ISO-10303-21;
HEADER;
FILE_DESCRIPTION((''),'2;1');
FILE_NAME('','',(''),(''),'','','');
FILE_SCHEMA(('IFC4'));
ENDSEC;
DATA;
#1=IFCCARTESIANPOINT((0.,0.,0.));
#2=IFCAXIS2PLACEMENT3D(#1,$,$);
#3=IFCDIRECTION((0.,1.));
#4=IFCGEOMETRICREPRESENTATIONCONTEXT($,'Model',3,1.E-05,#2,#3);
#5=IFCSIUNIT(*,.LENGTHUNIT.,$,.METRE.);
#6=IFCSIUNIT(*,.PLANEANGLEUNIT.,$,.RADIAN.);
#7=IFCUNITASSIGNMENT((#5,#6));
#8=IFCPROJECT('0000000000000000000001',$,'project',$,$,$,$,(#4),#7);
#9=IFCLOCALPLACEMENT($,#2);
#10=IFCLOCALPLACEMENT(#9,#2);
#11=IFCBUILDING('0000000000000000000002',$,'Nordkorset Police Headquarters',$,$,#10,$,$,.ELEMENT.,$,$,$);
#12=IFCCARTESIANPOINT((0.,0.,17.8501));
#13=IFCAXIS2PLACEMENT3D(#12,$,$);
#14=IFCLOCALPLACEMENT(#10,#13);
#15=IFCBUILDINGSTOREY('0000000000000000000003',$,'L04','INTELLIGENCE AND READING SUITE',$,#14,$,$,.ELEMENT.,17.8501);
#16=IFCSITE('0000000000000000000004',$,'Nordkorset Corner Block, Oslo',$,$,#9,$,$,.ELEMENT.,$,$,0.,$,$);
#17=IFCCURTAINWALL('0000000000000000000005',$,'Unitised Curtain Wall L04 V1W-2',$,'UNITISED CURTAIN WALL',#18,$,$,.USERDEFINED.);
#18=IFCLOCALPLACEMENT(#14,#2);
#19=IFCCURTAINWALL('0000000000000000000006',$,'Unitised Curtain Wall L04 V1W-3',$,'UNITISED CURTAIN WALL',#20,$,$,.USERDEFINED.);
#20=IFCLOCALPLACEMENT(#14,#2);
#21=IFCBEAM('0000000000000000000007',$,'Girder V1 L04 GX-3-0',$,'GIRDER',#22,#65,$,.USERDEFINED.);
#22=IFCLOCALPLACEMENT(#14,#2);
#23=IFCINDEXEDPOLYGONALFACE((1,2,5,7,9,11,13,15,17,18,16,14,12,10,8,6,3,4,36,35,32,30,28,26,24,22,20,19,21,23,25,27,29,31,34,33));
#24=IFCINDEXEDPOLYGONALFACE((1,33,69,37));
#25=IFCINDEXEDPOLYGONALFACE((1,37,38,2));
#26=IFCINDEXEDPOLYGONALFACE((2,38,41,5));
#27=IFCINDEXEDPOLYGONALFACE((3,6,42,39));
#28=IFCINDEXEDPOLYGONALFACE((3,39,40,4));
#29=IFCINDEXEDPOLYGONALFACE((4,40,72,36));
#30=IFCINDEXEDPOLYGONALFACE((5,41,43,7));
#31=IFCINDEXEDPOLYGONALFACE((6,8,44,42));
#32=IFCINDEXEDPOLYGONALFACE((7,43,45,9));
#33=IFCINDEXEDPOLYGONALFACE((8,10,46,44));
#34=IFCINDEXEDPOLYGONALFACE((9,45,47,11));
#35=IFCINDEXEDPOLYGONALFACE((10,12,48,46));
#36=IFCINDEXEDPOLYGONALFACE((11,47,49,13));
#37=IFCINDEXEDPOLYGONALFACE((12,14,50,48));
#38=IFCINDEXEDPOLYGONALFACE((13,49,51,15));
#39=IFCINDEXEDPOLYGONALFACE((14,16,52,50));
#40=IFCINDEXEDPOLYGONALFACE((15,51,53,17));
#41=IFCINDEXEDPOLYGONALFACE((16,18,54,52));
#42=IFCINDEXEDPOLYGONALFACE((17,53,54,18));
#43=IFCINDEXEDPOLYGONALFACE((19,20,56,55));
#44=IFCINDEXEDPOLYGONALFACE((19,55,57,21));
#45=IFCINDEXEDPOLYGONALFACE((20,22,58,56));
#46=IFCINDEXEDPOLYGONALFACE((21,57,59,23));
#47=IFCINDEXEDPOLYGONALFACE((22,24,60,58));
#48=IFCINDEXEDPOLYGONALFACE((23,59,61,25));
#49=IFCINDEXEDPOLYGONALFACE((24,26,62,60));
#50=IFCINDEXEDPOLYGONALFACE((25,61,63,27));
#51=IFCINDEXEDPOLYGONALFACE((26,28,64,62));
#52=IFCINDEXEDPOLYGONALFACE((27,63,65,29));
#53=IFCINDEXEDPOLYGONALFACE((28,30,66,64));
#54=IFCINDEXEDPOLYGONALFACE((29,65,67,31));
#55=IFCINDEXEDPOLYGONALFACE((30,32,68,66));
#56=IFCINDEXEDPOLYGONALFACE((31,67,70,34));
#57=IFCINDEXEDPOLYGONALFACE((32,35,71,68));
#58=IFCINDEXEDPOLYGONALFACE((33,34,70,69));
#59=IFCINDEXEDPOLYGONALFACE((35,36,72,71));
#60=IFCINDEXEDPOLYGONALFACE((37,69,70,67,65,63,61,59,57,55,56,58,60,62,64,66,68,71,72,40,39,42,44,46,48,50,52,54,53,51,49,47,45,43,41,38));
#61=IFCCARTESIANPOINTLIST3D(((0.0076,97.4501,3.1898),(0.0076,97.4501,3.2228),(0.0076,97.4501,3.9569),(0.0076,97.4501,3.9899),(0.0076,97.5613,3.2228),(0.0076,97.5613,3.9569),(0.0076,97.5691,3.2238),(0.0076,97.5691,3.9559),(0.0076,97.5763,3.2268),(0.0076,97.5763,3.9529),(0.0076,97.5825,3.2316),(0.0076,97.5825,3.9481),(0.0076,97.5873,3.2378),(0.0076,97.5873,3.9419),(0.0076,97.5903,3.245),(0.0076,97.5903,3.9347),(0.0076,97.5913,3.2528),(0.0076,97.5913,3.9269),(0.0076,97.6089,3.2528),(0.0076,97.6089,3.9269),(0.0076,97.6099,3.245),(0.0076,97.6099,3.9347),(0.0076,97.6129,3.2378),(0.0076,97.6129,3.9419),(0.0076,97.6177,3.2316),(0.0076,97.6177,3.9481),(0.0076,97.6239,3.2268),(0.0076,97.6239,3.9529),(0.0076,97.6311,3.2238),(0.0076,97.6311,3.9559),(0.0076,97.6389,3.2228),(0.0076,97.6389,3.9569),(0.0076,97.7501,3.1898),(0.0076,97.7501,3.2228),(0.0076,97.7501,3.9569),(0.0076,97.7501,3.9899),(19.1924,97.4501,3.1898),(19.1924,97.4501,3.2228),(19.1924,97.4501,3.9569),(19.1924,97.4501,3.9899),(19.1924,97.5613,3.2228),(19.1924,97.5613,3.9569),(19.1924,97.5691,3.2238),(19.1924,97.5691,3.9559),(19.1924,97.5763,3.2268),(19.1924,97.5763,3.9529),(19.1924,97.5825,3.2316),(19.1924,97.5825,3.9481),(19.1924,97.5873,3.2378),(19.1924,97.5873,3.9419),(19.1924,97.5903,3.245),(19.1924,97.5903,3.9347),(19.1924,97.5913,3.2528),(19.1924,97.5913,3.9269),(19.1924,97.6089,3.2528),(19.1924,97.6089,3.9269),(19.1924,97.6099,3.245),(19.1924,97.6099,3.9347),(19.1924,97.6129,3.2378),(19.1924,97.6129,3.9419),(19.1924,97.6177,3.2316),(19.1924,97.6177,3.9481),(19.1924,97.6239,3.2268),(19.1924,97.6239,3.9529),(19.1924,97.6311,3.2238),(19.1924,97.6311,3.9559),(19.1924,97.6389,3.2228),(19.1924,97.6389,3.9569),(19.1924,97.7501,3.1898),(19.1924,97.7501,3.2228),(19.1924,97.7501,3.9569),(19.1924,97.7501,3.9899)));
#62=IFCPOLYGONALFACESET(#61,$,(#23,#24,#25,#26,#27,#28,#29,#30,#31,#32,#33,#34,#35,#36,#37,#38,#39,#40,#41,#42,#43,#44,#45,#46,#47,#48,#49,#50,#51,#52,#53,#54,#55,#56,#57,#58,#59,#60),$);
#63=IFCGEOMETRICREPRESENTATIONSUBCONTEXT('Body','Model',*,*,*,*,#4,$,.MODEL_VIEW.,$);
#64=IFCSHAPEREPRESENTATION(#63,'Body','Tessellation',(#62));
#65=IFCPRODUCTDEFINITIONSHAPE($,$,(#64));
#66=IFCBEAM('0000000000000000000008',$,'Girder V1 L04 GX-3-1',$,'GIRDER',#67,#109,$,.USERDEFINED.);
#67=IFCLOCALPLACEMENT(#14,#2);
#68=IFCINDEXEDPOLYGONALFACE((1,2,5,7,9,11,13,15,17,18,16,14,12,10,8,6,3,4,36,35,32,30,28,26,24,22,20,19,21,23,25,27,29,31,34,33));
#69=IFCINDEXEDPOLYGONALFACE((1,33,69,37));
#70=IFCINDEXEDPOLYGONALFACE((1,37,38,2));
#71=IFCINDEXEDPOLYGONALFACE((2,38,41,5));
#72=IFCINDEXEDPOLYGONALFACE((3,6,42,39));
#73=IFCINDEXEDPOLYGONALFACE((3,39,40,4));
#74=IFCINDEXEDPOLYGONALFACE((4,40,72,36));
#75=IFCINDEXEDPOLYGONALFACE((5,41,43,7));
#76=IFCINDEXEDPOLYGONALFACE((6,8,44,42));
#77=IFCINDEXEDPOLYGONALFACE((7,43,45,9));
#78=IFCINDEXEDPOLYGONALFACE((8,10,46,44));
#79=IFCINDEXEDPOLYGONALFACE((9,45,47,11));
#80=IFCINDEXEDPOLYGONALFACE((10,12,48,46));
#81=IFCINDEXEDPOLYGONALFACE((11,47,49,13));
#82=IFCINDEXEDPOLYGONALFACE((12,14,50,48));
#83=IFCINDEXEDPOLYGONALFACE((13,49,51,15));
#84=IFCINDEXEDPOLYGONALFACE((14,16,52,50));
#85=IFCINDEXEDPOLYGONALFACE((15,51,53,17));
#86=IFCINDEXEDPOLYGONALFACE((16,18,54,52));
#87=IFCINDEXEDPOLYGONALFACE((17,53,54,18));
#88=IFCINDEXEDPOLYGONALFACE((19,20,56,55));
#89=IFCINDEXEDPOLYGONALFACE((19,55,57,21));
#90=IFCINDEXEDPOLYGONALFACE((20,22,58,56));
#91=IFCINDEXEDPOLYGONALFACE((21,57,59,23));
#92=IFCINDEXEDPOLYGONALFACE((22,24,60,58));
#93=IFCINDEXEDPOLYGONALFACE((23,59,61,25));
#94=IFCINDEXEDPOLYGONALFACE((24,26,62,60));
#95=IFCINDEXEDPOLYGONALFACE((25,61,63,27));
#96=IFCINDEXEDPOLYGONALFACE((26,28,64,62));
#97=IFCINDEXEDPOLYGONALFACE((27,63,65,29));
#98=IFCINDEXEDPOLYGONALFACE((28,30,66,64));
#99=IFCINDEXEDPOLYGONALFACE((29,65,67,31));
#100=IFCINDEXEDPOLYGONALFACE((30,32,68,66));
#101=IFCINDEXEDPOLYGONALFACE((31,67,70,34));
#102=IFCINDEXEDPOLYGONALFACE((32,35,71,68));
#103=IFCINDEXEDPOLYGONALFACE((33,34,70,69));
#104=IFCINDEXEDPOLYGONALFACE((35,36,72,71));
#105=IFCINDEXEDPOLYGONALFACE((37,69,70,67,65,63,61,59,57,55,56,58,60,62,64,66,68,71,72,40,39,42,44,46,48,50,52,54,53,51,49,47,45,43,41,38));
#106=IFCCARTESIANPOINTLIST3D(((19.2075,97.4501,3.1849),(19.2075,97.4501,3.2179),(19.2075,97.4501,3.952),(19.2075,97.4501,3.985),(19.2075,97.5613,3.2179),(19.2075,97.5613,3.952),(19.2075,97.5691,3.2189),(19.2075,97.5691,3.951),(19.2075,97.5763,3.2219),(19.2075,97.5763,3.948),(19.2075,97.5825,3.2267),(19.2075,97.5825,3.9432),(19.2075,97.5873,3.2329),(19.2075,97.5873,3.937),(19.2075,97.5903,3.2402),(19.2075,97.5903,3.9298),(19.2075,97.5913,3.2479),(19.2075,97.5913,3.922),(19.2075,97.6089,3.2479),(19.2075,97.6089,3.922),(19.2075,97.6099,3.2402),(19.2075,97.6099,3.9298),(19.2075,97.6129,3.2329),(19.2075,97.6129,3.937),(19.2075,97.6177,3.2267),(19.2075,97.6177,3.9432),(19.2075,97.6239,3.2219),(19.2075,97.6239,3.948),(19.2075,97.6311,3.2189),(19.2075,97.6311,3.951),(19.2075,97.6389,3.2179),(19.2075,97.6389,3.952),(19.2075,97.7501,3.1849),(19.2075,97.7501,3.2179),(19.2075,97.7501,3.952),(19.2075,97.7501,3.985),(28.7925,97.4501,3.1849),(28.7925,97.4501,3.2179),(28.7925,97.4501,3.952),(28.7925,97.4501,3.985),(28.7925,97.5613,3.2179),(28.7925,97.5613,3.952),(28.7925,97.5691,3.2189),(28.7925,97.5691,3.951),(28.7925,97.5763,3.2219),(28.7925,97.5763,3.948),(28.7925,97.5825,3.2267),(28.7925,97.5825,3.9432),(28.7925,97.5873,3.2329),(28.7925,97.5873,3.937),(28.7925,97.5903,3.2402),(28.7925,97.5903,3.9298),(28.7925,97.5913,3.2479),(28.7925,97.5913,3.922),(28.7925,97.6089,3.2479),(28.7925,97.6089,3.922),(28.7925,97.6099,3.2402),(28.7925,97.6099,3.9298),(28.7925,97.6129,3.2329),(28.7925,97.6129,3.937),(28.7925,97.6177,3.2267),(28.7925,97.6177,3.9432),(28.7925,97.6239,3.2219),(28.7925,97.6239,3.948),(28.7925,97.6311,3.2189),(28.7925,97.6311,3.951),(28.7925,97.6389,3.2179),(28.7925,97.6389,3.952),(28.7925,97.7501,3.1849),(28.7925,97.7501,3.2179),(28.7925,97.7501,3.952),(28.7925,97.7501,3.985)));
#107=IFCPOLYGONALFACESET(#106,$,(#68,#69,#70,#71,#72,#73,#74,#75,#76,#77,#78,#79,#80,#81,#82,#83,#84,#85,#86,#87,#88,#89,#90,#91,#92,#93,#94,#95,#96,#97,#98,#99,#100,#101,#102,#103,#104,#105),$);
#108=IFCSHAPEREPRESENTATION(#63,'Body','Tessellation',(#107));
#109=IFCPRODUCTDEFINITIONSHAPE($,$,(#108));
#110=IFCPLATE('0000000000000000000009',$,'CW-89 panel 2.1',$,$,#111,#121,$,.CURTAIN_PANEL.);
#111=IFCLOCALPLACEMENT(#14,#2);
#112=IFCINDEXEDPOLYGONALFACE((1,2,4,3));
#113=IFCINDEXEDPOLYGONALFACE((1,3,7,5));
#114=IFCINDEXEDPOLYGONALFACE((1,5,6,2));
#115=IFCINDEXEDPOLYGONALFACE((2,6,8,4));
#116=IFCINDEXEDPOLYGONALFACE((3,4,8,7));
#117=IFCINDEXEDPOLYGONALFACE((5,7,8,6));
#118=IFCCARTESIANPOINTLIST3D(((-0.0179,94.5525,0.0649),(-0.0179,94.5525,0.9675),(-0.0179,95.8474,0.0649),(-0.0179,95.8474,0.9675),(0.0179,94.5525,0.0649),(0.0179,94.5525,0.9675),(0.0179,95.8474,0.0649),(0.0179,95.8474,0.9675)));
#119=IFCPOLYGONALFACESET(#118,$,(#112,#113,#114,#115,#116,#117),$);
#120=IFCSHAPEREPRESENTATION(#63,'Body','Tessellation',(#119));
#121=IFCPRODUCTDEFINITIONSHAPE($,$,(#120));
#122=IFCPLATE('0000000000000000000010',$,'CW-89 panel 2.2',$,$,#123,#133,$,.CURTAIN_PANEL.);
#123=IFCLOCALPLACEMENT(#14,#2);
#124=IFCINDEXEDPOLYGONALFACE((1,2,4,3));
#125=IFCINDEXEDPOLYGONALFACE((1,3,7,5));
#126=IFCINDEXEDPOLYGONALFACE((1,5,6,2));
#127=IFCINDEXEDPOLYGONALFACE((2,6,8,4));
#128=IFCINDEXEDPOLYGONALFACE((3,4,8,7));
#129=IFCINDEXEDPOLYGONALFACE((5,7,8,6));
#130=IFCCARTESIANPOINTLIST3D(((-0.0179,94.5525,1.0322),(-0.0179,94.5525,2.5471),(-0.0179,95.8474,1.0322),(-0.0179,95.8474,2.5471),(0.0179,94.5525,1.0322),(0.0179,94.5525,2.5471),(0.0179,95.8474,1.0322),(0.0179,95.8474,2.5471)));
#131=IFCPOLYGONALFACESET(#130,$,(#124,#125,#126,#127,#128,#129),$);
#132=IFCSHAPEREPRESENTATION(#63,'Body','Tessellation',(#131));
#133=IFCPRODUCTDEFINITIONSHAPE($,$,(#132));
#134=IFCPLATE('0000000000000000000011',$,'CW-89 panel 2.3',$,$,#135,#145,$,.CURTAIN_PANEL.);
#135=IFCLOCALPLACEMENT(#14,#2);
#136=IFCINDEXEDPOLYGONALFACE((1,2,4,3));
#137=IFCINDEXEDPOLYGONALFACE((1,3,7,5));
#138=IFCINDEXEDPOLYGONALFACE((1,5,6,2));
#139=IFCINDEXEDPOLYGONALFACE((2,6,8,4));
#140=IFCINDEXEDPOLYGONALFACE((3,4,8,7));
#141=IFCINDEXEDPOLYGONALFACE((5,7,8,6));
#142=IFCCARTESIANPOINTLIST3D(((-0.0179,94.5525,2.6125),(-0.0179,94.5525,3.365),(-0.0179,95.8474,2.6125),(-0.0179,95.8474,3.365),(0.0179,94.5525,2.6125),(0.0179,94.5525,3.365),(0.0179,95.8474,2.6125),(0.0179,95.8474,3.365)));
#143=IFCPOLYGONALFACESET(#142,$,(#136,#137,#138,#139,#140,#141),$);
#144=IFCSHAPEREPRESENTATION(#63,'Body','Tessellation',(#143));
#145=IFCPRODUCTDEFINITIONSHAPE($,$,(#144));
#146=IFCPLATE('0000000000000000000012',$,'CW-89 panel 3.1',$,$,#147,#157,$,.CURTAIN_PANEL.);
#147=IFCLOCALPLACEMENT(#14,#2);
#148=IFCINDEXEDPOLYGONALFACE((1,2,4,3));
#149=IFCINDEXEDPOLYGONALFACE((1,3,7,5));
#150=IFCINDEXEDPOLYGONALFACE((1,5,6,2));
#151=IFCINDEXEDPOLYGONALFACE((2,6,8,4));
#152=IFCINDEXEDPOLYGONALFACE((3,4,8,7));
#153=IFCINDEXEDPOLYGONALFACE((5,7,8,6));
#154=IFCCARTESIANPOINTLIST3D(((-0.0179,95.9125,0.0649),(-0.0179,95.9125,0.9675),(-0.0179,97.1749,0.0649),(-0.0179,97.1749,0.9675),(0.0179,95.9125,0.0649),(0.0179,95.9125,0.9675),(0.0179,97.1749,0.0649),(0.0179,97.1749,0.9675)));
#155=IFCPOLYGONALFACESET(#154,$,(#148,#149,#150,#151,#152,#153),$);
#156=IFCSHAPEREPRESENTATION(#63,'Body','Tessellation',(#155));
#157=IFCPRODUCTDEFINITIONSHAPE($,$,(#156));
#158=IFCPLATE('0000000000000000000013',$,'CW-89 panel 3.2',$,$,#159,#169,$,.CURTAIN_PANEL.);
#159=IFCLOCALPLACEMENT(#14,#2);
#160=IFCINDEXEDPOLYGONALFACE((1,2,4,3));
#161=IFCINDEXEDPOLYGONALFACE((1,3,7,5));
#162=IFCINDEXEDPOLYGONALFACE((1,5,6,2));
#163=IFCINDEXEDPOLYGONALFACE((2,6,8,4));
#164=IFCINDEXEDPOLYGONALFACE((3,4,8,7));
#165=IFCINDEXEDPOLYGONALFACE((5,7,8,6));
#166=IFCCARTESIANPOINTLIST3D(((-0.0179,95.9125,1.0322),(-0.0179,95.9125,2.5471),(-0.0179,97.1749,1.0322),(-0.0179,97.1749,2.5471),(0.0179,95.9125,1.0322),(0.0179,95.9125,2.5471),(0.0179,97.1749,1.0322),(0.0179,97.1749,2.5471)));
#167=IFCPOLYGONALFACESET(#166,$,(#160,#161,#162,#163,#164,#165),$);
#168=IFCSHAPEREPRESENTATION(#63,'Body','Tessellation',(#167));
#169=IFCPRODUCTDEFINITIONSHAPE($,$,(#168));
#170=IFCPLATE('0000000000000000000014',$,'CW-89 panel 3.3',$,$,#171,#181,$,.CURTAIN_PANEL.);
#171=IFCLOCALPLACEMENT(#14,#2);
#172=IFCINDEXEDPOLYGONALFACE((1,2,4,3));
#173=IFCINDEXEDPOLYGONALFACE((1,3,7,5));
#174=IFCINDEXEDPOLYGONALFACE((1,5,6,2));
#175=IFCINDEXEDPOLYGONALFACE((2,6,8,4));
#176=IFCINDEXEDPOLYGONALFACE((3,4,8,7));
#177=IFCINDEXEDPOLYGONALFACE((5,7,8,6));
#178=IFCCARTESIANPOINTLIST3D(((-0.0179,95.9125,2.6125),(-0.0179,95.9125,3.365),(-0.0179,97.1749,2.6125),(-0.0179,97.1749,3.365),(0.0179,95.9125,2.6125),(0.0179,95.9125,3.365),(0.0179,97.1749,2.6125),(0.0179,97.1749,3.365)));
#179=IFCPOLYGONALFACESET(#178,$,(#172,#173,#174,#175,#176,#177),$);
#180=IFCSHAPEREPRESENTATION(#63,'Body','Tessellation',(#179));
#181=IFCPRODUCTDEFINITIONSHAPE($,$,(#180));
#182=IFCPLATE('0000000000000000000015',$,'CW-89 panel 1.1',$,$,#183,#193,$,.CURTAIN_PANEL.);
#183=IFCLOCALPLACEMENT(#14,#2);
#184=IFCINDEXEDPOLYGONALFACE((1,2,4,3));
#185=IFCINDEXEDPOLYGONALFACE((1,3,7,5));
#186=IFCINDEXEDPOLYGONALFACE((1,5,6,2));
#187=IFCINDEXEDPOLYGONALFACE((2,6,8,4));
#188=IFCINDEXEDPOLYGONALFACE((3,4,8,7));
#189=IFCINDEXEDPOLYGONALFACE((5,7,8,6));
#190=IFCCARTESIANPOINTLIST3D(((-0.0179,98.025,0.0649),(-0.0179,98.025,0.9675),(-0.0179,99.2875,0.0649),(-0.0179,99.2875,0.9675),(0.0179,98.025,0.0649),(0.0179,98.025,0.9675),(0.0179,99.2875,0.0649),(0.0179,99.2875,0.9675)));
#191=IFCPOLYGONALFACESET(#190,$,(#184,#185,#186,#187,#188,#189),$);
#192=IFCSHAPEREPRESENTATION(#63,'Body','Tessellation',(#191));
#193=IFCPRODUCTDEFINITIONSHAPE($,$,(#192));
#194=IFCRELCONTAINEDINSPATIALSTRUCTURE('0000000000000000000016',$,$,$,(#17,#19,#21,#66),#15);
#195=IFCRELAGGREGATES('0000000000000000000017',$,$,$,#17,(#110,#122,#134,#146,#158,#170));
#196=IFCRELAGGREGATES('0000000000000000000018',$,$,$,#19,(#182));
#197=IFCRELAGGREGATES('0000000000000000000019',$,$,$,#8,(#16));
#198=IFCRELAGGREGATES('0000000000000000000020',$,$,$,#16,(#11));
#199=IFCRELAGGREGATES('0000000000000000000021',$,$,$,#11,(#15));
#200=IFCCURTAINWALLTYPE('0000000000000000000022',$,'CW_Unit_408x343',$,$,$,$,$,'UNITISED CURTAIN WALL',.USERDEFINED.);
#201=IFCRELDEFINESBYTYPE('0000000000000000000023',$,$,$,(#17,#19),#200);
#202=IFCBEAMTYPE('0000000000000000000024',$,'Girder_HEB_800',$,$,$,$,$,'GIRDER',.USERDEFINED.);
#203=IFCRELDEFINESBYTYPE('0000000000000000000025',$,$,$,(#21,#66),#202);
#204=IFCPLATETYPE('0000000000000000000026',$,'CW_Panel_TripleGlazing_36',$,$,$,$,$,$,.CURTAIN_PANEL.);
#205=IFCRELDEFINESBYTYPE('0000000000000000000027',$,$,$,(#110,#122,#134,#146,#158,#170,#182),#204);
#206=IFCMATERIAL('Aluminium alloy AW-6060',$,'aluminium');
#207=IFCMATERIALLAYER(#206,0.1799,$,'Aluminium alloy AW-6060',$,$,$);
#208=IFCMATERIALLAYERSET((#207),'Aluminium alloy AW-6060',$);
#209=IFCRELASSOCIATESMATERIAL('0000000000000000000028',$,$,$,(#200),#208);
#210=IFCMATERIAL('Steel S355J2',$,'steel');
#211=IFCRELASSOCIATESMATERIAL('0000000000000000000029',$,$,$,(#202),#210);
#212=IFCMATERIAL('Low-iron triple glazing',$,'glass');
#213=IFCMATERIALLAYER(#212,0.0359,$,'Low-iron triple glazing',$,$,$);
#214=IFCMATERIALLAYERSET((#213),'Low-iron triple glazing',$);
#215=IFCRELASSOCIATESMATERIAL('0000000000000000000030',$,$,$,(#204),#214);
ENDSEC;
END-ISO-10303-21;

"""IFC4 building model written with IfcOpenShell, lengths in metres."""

from ifc_helpers import new_model, si_unit, direction, frame, origin, origin_2d, place, context, subcontext, project, spatial, rectangle, i_section, extrude, material, layer, layer_set, material_profile, profile_set, type_object, element, aggregate, save


model = new_model("IFC4")

# Units and contexts
model_context = context("Model", 3, precision=1e-05, world=origin(), true_north=direction((0.0, 1.0)))
body_context = subcontext(model_context, "Body", "Model", "MODEL_VIEW")
ifc_project = project(units=[si_unit("LENGTHUNIT", "METRE"), si_unit("PLANEANGLEUNIT", "RADIAN")], contexts=[model_context])

# Site, building, storey
site_placement = place(None, origin())
site = spatial("IfcSite", under=ifc_project, at=site_placement, Name="Nordkorset Corner Block, Oslo", CompositionType="ELEMENT", RefElevation=0.0)
building_placement = place(site_placement, origin())
building = spatial("IfcBuilding", under=site, at=building_placement, Name="Nordkorset Police Headquarters", CompositionType="ELEMENT")
storey_placement = place(building_placement, frame((0.0, 0.0, 17.8501)))
storey = spatial("IfcBuildingStorey", under=building, at=storey_placement, Name="L04", Description="INTELLIGENCE AND READING SUITE", CompositionType="ELEMENT", Elevation=17.8501)

# Curtain walls
ifc_material_1 = material(Name="Aluminium alloy AW-6060", Category="aluminium")
ifc_layer_1 = layer(ifc_material_1, 0.1799, Name="Aluminium alloy AW-6060")
ifc_layer_set_1 = layer_set([ifc_layer_1], Name="Aluminium alloy AW-6060")
curtain_wall_type = type_object("IfcCurtainWallType", Name="CW_Unit_408x343", ElementType="UNITISED CURTAIN WALL", PredefinedType="USERDEFINED", material=ifc_layer_set_1)
curtain_wall_1_placement = place(storey_placement, origin())
curtain_wall_1 = element("IfcCurtainWall", 1, at=curtain_wall_1_placement, inside=storey, type_object=curtain_wall_type, Name="Unitised Curtain Wall L04 V1W-2", ObjectType="UNITISED CURTAIN WALL", PredefinedType="USERDEFINED")
curtain_wall_2_placement = place(storey_placement, origin())
curtain_wall_2 = element("IfcCurtainWall", 2, at=curtain_wall_2_placement, inside=storey, type_object=curtain_wall_type, Name="Unitised Curtain Wall L04 V1W-3", ObjectType="UNITISED CURTAIN WALL", PredefinedType="USERDEFINED")

# Beams
ifc_material_2 = material(Name="Steel S355J2", Category="steel")
ifc_material_profile_1 = material_profile(ifc_material_2, i_section(OverallWidth=0.3, OverallDepth=0.8, WebThickness=0.0176, FlangeThickness=0.033, FilletRadius=0.03, at=origin_2d()), Name="HEB 800")
ifc_profile_set_1 = profile_set([ifc_material_profile_1], Name="Steel S355J2")
beam_type_1 = type_object("IfcBeamType", Name="Girder_HEB_800", ElementType="GIRDER", PredefinedType="USERDEFINED", material=ifc_profile_set_1)
beam_1_placement = place(storey_placement, frame((0.0076, 97.6001, 3.5898), z_axis=(1.0, 0.0, 0.0), x_axis=(0.0, 1.0, 0.0)))
element("IfcBeam", 3, at=beam_1_placement, inside=storey, type_object=beam_type_1, Name="Girder V1 L04 GX-3-0", ObjectType="GIRDER", PredefinedType="USERDEFINED", context=body_context, shape_type="SweptSolid", body=[
    extrude(i_section(OverallWidth=0.3, OverallDepth=0.8, WebThickness=0.0176, FlangeThickness=0.033, FilletRadius=0.03, at=origin_2d()), origin(), (0.0, 0.0, 1.0), 19.1848),
])
beam_2_placement = place(storey_placement, frame((19.2075, 97.6001, 3.585), z_axis=(1.0, 0.0, 0.0), x_axis=(0.0, 1.0, 0.0)))
element("IfcBeam", 4, at=beam_2_placement, inside=storey, type_object=beam_type_1, Name="Girder V1 L04 GX-3-1", ObjectType="GIRDER", PredefinedType="USERDEFINED", context=body_context, shape_type="SweptSolid", body=[
    extrude(i_section(OverallWidth=0.3, OverallDepth=0.8, WebThickness=0.0176, FlangeThickness=0.033, FilletRadius=0.03, at=origin_2d()), origin(), (0.0, 0.0, 1.0), 9.585),
])

# Plates
ifc_material_3 = material(Name="Low-iron triple glazing", Category="glass")
ifc_layer_2 = layer(ifc_material_3, 0.0359, Name="Low-iron triple glazing")
ifc_layer_set_2 = layer_set([ifc_layer_2], Name="Low-iron triple glazing")
plate_type = type_object("IfcPlateType", Name="CW_Panel_TripleGlazing_36", PredefinedType="CURTAIN_PANEL", material=ifc_layer_set_2)
plate_1_placement = place(storey_placement, frame((0.0, 95.2, 0.0649), z_axis=(0.0, 0.0, 1.0), x_axis=(0.0, 1.0, 0.0)))
plate_1 = element("IfcPlate", 5, at=plate_1_placement, type_object=plate_type, Name="CW-89 panel 2.1", PredefinedType="CURTAIN_PANEL", context=body_context, shape_type="SweptSolid", body=[
    extrude(rectangle(XDim=1.2949, YDim=0.0359, at=origin_2d()), origin(), (0.0, 0.0, 1.0), 0.9026),
])
plate_2_placement = place(storey_placement, frame((0.0, 95.2, 1.0322), z_axis=(0.0, 0.0, 1.0), x_axis=(0.0, 1.0, 0.0)))
plate_2 = element("IfcPlate", 6, at=plate_2_placement, type_object=plate_type, Name="CW-89 panel 2.2", PredefinedType="CURTAIN_PANEL", context=body_context, shape_type="SweptSolid", body=[
    extrude(rectangle(XDim=1.2949, YDim=0.0359, at=origin_2d()), origin(), (0.0, 0.0, 1.0), 1.5149),
])
plate_3_placement = place(storey_placement, frame((0.0, 95.2, 2.6125), z_axis=(0.0, 0.0, 1.0), x_axis=(0.0, 1.0, 0.0)))
plate_3 = element("IfcPlate", 7, at=plate_3_placement, type_object=plate_type, Name="CW-89 panel 2.3", PredefinedType="CURTAIN_PANEL", context=body_context, shape_type="SweptSolid", body=[
    extrude(rectangle(XDim=1.2949, YDim=0.0359, at=origin_2d()), origin(), (0.0, 0.0, 1.0), 0.7524),
])
plate_4_placement = place(storey_placement, frame((0.0, 96.5437, 0.0649), z_axis=(0.0, 0.0, 1.0), x_axis=(0.0, 1.0, 0.0)))
plate_4 = element("IfcPlate", 8, at=plate_4_placement, type_object=plate_type, Name="CW-89 panel 3.1", PredefinedType="CURTAIN_PANEL", context=body_context, shape_type="SweptSolid", body=[
    extrude(rectangle(XDim=1.2625, YDim=0.0359, at=origin_2d()), origin(), (0.0, 0.0, 1.0), 0.9026),
])
plate_5_placement = place(storey_placement, frame((0.0, 96.5437, 1.0322), z_axis=(0.0, 0.0, 1.0), x_axis=(0.0, 1.0, 0.0)))
plate_5 = element("IfcPlate", 9, at=plate_5_placement, type_object=plate_type, Name="CW-89 panel 3.2", PredefinedType="CURTAIN_PANEL", context=body_context, shape_type="SweptSolid", body=[
    extrude(rectangle(XDim=1.2625, YDim=0.0359, at=origin_2d()), origin(), (0.0, 0.0, 1.0), 1.5149),
])
plate_6_placement = place(storey_placement, frame((0.0, 96.5437, 2.6125), z_axis=(0.0, 0.0, 1.0), x_axis=(0.0, 1.0, 0.0)))
plate_6 = element("IfcPlate", 10, at=plate_6_placement, type_object=plate_type, Name="CW-89 panel 3.3", PredefinedType="CURTAIN_PANEL", context=body_context, shape_type="SweptSolid", body=[
    extrude(rectangle(XDim=1.2625, YDim=0.0359, at=origin_2d()), origin(), (0.0, 0.0, 1.0), 0.7524),
])
aggregate(curtain_wall_1, [plate_1, plate_2, plate_3, plate_4, plate_5, plate_6])
plate_7_placement = place(storey_placement, frame((0.0, 98.6562, 0.0649), z_axis=(0.0, 0.0, 1.0), x_axis=(0.0, 1.0, 0.0)))
plate_7 = element("IfcPlate", 11, at=plate_7_placement, type_object=plate_type, Name="CW-89 panel 1.1", PredefinedType="CURTAIN_PANEL", context=body_context, shape_type="SweptSolid", body=[
    extrude(rectangle(XDim=1.2625, YDim=0.0359, at=origin_2d()), origin(), (0.0, 0.0, 1.0), 0.9026),
])
aggregate(curtain_wall_2, [plate_7])

save(model, "model.ifc")
